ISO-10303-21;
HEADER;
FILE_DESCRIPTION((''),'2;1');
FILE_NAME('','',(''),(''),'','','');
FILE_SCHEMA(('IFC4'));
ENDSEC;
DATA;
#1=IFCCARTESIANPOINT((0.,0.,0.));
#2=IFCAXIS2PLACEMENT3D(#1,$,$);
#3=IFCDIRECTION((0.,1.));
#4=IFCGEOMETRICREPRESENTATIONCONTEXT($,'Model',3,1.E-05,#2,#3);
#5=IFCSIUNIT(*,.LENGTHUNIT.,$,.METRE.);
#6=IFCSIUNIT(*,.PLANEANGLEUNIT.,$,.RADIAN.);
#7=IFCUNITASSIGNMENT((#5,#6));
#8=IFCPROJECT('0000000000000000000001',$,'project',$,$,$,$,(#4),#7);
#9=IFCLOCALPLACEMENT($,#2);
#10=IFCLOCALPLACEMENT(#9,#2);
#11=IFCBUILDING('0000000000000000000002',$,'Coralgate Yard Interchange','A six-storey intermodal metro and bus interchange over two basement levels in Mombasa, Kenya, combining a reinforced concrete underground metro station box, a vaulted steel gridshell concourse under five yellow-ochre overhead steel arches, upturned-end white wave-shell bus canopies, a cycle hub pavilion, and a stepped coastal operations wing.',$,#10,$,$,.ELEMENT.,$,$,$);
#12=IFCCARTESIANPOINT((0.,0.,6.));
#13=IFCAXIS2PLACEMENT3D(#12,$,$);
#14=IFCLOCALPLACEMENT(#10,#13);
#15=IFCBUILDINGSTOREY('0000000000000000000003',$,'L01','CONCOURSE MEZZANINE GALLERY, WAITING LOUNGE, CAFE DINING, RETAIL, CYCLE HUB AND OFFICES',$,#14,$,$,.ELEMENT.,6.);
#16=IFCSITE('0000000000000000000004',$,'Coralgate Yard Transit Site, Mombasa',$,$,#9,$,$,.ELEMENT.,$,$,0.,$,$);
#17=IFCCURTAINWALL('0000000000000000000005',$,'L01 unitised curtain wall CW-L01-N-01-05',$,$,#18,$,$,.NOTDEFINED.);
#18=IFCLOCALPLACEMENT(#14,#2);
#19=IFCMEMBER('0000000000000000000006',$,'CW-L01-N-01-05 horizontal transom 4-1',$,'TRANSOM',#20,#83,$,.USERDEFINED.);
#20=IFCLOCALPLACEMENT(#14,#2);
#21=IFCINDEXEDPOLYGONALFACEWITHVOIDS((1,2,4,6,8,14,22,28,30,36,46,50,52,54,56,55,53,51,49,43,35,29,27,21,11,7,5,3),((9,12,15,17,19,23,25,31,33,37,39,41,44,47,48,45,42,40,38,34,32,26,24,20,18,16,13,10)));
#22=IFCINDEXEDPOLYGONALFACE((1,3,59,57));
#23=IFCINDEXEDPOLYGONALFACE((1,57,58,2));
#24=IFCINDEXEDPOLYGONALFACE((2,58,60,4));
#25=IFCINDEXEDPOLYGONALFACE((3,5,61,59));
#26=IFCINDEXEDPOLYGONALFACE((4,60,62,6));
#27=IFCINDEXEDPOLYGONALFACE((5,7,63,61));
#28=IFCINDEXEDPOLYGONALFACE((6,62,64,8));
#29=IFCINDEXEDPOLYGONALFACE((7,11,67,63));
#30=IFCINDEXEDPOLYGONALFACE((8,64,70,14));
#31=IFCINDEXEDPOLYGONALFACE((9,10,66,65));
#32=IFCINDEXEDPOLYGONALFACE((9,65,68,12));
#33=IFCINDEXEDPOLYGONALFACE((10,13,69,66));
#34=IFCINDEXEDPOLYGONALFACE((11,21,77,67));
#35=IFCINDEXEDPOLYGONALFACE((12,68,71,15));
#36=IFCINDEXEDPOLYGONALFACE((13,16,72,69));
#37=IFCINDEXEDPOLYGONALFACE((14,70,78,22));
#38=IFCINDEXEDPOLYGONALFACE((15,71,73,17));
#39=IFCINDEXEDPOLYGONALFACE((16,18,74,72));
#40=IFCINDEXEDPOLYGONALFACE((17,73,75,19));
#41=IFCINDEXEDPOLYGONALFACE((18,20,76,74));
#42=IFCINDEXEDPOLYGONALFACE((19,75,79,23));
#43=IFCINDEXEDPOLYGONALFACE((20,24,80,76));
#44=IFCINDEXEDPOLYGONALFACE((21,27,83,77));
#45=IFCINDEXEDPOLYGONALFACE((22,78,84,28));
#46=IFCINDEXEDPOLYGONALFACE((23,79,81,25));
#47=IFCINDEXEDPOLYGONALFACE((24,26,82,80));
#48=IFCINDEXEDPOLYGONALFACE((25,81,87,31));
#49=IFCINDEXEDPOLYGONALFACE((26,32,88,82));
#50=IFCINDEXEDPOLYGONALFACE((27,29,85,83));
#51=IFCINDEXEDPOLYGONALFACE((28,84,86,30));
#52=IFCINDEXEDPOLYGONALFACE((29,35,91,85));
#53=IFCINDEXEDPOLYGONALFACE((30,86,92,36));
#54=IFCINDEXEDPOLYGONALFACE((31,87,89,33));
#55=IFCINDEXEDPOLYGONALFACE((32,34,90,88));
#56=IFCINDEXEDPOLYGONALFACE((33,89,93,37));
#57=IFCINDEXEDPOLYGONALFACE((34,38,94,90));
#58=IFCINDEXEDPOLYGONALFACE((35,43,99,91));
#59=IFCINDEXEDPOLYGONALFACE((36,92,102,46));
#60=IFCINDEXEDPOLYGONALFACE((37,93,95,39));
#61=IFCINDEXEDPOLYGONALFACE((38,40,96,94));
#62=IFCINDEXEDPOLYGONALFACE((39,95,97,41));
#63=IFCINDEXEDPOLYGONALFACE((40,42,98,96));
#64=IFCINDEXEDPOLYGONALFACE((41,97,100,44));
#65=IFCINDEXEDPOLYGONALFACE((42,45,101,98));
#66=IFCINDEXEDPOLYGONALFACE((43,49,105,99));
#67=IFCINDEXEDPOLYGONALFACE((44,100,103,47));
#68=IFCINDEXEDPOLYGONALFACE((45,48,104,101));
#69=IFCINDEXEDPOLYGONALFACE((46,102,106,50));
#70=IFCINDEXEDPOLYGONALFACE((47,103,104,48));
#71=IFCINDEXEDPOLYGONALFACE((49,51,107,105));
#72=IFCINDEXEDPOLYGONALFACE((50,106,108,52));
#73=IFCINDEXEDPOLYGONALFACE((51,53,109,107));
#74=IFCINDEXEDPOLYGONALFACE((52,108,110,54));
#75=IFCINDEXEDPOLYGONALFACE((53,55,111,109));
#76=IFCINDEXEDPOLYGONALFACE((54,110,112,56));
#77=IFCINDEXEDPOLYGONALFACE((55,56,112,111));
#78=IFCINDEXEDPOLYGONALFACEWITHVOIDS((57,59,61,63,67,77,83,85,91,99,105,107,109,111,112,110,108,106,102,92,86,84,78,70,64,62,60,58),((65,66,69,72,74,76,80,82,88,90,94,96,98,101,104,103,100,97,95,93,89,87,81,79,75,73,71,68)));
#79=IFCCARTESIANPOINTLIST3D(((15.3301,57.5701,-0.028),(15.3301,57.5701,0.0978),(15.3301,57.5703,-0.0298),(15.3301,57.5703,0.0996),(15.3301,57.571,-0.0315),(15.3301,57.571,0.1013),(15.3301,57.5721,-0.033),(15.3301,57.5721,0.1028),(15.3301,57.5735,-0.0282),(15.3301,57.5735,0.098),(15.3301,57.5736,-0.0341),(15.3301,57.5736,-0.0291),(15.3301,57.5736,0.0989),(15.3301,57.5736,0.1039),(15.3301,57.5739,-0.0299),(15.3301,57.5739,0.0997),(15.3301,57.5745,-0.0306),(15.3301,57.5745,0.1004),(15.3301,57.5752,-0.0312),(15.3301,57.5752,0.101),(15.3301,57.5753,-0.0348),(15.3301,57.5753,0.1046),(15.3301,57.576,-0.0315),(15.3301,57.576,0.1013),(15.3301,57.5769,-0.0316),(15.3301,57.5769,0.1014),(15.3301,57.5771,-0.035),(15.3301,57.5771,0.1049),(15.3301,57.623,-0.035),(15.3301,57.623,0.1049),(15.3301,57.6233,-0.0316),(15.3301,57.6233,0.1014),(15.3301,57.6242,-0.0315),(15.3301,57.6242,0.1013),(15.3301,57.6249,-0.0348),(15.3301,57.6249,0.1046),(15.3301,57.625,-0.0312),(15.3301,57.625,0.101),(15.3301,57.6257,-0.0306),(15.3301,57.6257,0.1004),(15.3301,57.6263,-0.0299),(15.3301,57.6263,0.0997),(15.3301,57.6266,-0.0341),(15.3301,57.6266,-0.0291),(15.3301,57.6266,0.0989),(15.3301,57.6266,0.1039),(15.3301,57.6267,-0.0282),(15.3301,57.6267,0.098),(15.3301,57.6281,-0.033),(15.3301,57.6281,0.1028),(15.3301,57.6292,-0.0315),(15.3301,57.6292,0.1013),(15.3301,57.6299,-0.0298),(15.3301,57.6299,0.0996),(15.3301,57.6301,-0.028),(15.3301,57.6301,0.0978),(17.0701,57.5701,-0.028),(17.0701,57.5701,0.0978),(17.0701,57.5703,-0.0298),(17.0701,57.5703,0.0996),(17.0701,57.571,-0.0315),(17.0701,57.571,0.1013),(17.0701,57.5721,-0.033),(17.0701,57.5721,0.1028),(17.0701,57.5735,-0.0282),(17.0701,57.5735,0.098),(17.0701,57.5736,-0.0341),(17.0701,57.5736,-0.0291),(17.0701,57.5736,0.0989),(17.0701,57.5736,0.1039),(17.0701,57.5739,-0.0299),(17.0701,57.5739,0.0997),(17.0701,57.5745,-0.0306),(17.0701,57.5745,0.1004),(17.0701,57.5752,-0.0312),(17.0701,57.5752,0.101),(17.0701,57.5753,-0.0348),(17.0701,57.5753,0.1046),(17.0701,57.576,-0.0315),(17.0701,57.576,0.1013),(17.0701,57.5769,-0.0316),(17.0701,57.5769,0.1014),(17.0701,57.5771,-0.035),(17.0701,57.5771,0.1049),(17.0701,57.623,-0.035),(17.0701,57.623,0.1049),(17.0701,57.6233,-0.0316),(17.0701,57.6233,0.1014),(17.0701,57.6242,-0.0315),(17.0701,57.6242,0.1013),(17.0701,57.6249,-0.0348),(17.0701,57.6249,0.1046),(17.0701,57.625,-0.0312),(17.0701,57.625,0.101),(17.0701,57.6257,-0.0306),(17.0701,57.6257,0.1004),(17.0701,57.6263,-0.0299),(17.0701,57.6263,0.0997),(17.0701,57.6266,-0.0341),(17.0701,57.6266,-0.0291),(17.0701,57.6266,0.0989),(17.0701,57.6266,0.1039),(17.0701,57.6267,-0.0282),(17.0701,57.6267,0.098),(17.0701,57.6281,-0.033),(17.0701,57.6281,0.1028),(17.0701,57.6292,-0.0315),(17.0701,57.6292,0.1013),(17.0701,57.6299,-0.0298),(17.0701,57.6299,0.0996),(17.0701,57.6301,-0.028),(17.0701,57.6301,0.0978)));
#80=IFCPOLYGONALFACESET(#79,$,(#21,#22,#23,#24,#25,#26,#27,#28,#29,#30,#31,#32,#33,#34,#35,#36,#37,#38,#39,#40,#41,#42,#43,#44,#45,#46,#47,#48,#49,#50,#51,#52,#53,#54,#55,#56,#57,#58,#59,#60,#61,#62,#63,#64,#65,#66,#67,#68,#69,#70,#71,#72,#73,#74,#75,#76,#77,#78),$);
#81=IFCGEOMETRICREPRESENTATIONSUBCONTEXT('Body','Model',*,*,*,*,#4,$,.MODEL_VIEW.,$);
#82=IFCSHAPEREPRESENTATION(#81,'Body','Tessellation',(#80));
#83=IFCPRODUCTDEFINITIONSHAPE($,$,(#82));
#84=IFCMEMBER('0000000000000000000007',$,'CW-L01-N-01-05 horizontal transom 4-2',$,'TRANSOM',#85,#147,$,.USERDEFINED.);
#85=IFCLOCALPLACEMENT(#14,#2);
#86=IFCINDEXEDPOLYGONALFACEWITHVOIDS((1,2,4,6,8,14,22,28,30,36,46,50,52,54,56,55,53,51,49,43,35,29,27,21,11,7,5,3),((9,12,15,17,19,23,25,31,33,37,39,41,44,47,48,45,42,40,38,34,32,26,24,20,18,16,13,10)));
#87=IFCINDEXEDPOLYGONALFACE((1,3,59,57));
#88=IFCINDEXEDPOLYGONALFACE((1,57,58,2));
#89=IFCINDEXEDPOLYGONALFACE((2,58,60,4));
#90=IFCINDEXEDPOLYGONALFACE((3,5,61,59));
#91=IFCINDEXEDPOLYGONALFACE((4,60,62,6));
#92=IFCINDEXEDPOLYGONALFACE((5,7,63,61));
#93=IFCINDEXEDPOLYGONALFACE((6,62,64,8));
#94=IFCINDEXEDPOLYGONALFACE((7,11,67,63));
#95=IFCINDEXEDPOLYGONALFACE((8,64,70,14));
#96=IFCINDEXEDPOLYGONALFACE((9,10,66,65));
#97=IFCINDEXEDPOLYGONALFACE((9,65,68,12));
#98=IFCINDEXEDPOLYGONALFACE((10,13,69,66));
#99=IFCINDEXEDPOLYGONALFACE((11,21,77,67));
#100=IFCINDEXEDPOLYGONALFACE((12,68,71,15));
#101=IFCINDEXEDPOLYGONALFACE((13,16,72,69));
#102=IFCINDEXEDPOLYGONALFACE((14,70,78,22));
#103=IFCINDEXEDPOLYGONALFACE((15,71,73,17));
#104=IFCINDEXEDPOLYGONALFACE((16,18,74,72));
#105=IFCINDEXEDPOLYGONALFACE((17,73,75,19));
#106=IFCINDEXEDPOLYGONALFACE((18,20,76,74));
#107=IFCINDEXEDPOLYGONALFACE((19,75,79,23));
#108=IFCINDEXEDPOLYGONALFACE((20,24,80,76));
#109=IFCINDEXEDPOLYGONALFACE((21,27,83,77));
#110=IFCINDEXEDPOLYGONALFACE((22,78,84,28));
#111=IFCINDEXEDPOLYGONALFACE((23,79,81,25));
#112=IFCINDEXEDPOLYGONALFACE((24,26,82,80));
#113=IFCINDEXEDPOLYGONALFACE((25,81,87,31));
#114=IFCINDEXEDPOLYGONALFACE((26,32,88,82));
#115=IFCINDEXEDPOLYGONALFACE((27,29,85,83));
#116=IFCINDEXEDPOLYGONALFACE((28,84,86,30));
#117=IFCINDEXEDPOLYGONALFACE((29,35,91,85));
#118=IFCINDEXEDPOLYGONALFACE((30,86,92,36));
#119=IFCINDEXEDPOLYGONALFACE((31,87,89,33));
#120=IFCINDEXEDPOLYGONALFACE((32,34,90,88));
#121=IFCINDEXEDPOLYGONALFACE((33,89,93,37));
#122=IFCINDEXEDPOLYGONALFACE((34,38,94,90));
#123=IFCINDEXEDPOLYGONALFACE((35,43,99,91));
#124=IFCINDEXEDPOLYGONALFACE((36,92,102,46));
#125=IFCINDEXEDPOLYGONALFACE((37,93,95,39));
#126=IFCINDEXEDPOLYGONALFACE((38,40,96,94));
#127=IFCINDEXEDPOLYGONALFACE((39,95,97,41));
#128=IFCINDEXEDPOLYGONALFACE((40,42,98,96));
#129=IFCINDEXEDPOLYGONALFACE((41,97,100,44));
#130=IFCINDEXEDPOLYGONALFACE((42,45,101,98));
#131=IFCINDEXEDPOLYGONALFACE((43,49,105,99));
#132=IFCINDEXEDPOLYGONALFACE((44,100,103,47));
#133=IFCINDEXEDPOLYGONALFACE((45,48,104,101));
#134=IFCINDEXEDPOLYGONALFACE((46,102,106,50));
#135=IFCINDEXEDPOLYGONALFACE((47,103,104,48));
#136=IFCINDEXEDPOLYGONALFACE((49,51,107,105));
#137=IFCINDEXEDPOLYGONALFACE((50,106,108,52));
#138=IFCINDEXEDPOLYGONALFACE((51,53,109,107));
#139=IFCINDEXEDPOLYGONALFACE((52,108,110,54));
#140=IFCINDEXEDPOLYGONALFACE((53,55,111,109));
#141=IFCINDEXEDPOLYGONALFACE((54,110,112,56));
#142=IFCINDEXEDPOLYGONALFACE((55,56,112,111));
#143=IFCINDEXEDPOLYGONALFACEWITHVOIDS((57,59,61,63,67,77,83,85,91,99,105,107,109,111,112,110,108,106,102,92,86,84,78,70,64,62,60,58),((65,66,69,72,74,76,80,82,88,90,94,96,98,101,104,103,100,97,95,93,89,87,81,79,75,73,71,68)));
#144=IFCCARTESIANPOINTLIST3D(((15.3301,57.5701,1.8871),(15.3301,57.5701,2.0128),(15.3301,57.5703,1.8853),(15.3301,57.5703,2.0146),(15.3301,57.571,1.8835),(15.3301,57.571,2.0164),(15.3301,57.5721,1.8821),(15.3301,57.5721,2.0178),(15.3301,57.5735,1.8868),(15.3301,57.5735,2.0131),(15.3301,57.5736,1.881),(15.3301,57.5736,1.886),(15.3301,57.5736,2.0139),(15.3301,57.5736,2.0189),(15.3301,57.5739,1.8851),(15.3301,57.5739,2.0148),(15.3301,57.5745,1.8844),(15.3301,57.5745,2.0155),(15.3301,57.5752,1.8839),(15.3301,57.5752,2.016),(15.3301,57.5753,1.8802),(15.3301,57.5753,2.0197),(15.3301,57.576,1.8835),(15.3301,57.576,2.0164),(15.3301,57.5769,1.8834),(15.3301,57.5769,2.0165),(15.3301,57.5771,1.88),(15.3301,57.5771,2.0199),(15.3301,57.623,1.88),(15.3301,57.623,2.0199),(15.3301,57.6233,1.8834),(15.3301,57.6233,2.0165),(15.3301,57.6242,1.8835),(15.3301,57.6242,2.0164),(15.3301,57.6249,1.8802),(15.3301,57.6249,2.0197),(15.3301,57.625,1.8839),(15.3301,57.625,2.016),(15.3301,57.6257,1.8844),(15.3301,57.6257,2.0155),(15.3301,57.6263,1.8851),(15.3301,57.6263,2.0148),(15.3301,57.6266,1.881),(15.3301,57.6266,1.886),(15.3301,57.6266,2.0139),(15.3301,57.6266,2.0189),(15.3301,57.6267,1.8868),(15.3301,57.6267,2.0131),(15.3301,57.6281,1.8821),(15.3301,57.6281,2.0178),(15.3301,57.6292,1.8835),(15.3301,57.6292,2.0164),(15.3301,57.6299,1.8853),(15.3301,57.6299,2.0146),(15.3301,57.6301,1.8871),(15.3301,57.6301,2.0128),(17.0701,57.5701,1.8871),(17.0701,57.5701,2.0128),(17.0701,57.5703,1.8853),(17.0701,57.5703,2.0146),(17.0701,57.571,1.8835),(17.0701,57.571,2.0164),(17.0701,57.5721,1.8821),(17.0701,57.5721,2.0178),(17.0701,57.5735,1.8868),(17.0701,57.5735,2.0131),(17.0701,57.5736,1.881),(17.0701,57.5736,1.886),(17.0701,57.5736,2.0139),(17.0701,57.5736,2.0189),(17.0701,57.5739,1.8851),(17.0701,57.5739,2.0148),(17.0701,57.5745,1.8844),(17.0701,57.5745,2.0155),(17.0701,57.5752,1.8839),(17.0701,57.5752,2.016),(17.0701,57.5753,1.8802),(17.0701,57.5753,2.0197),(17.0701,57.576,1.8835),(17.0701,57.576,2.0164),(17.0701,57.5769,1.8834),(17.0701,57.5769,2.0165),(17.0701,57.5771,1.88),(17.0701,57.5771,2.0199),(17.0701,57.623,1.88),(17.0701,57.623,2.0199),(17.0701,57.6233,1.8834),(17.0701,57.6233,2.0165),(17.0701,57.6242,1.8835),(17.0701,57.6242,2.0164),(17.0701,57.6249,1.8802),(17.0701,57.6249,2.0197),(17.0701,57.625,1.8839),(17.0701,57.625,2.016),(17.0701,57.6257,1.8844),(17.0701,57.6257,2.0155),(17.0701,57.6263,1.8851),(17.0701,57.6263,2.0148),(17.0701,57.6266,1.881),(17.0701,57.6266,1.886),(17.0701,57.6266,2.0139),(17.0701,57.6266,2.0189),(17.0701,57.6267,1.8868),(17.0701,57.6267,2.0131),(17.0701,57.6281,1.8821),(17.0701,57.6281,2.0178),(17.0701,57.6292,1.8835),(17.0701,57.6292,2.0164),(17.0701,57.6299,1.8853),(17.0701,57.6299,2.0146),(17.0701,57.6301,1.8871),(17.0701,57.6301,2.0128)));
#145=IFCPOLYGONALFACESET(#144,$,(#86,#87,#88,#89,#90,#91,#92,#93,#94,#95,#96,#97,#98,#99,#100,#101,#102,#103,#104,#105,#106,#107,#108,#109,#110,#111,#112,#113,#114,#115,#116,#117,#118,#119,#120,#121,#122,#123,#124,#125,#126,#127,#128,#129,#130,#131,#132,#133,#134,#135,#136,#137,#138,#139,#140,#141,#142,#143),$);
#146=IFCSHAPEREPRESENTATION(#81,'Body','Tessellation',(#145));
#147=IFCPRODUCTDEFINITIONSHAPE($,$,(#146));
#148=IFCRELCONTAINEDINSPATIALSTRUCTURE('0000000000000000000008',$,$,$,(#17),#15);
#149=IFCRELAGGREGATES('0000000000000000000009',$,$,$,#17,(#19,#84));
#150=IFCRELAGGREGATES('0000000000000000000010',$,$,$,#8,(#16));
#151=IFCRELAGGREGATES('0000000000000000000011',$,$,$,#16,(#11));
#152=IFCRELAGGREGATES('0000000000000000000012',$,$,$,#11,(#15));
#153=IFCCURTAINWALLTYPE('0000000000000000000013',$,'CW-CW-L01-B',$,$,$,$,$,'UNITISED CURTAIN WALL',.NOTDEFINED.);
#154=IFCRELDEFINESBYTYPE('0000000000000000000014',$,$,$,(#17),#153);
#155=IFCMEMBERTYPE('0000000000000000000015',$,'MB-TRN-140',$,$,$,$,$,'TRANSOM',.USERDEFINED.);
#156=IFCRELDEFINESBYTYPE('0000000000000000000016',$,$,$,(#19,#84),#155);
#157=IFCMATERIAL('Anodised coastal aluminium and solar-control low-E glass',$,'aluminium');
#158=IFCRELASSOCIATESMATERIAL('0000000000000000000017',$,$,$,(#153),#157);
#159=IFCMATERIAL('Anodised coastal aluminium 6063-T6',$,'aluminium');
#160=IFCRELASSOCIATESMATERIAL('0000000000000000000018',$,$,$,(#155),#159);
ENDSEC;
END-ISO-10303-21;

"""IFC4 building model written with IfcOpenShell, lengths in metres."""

from ifc_helpers import new_model, si_unit, direction, frame, origin, origin_2d, place, context, subcontext, project, spatial, hollow_rectangle, extrude, material, material_profile, profile_set, type_object, element, aggregate, save


model = new_model("IFC4")

# Units and contexts
model_context = context("Model", 3, precision=1e-05, world=origin(), true_north=direction((0.0, 1.0)))
body_context = subcontext(model_context, "Body", "Model", "MODEL_VIEW")
ifc_project = project(units=[si_unit("LENGTHUNIT", "METRE"), si_unit("PLANEANGLEUNIT", "RADIAN")], contexts=[model_context])

# Site, building, storey
site_placement = place(None, origin())
site = spatial("IfcSite", under=ifc_project, at=site_placement, Name="Coralgate Yard Transit Site, Mombasa", CompositionType="ELEMENT", RefElevation=0.0)
building_placement = place(site_placement, origin())
building = spatial("IfcBuilding", under=site, at=building_placement, Name="Coralgate Yard Interchange", Description="A six-storey intermodal metro and bus interchange over two basement levels in Mombasa, Kenya, combining a reinforced concrete underground metro station box, a vaulted steel gridshell concourse under five yellow-ochre overhead steel arches, upturned-end white wave-shell bus canopies, a cycle hub pavilion, and a stepped coastal operations wing.", CompositionType="ELEMENT")
storey_placement = place(building_placement, frame((0.0, 0.0, 6.0)))
storey = spatial("IfcBuildingStorey", under=building, at=storey_placement, Name="L01", Description="CONCOURSE MEZZANINE GALLERY, WAITING LOUNGE, CAFE DINING, RETAIL, CYCLE HUB AND OFFICES", CompositionType="ELEMENT", Elevation=6.0)

# Curtain wall, members
ifc_material_1 = material(Name="Anodised coastal aluminium and solar-control low-E glass", Category="aluminium")
curtain_wall_type = type_object("IfcCurtainWallType", Name="CW-CW-L01-B", ElementType="UNITISED CURTAIN WALL", PredefinedType="NOTDEFINED", material=ifc_material_1)
curtain_wall_placement = place(storey_placement, origin())
curtain_wall = element("IfcCurtainWall", 1, at=curtain_wall_placement, inside=storey, type_object=curtain_wall_type, Name="L01 unitised curtain wall CW-L01-N-01-05", PredefinedType="NOTDEFINED")
ifc_material_2 = material(Name="Anodised coastal aluminium 6063-T6", Category="aluminium")
ifc_material_profile_1 = material_profile(ifc_material_2, hollow_rectangle(XDim=0.0601, YDim=0.1399, WallThickness=0.0034, InnerFilletRadius=0.0034, OuterFilletRadius=0.0071, at=origin_2d()), Name="ALU 60x140x3.5")
ifc_profile_set_1 = profile_set([ifc_material_profile_1], Name="Anodised coastal aluminium 6063-T6")
member_type_1 = type_object("IfcMemberType", Name="MB-TRN-140", ElementType="TRANSOM", PredefinedType="USERDEFINED", material=ifc_profile_set_1)
member_1_placement = place(storey_placement, frame((15.3301, 57.6001, 0.0349), z_axis=(1.0, 0.0, 0.0), x_axis=(0.0, 1.0, 0.0)))
member_1 = element("IfcMember", 2, at=member_1_placement, type_object=member_type_1, Name="CW-L01-N-01-05 horizontal transom 4-1", ObjectType="TRANSOM", PredefinedType="USERDEFINED", context=body_context, shape_type="SweptSolid", body=[
    extrude(hollow_rectangle(XDim=0.0601, YDim=0.1399, WallThickness=0.0034, InnerFilletRadius=0.0034, OuterFilletRadius=0.0071, at=origin_2d()), origin(), (0.0, 0.0, 1.0), 1.74),
])
member_2_placement = place(storey_placement, frame((15.3301, 57.6001, 1.95), z_axis=(1.0, 0.0, 0.0), x_axis=(0.0, 1.0, 0.0)))
member_2 = element("IfcMember", 3, at=member_2_placement, type_object=member_type_1, Name="CW-L01-N-01-05 horizontal transom 4-2", ObjectType="TRANSOM", PredefinedType="USERDEFINED", context=body_context, shape_type="SweptSolid", body=[
    extrude(hollow_rectangle(XDim=0.0601, YDim=0.1399, WallThickness=0.0034, InnerFilletRadius=0.0034, OuterFilletRadius=0.0071, at=origin_2d()), origin(), (0.0, 0.0, 1.0), 1.74),
])
aggregate(curtain_wall, [member_1, member_2])

save(model, "model.ifc")
